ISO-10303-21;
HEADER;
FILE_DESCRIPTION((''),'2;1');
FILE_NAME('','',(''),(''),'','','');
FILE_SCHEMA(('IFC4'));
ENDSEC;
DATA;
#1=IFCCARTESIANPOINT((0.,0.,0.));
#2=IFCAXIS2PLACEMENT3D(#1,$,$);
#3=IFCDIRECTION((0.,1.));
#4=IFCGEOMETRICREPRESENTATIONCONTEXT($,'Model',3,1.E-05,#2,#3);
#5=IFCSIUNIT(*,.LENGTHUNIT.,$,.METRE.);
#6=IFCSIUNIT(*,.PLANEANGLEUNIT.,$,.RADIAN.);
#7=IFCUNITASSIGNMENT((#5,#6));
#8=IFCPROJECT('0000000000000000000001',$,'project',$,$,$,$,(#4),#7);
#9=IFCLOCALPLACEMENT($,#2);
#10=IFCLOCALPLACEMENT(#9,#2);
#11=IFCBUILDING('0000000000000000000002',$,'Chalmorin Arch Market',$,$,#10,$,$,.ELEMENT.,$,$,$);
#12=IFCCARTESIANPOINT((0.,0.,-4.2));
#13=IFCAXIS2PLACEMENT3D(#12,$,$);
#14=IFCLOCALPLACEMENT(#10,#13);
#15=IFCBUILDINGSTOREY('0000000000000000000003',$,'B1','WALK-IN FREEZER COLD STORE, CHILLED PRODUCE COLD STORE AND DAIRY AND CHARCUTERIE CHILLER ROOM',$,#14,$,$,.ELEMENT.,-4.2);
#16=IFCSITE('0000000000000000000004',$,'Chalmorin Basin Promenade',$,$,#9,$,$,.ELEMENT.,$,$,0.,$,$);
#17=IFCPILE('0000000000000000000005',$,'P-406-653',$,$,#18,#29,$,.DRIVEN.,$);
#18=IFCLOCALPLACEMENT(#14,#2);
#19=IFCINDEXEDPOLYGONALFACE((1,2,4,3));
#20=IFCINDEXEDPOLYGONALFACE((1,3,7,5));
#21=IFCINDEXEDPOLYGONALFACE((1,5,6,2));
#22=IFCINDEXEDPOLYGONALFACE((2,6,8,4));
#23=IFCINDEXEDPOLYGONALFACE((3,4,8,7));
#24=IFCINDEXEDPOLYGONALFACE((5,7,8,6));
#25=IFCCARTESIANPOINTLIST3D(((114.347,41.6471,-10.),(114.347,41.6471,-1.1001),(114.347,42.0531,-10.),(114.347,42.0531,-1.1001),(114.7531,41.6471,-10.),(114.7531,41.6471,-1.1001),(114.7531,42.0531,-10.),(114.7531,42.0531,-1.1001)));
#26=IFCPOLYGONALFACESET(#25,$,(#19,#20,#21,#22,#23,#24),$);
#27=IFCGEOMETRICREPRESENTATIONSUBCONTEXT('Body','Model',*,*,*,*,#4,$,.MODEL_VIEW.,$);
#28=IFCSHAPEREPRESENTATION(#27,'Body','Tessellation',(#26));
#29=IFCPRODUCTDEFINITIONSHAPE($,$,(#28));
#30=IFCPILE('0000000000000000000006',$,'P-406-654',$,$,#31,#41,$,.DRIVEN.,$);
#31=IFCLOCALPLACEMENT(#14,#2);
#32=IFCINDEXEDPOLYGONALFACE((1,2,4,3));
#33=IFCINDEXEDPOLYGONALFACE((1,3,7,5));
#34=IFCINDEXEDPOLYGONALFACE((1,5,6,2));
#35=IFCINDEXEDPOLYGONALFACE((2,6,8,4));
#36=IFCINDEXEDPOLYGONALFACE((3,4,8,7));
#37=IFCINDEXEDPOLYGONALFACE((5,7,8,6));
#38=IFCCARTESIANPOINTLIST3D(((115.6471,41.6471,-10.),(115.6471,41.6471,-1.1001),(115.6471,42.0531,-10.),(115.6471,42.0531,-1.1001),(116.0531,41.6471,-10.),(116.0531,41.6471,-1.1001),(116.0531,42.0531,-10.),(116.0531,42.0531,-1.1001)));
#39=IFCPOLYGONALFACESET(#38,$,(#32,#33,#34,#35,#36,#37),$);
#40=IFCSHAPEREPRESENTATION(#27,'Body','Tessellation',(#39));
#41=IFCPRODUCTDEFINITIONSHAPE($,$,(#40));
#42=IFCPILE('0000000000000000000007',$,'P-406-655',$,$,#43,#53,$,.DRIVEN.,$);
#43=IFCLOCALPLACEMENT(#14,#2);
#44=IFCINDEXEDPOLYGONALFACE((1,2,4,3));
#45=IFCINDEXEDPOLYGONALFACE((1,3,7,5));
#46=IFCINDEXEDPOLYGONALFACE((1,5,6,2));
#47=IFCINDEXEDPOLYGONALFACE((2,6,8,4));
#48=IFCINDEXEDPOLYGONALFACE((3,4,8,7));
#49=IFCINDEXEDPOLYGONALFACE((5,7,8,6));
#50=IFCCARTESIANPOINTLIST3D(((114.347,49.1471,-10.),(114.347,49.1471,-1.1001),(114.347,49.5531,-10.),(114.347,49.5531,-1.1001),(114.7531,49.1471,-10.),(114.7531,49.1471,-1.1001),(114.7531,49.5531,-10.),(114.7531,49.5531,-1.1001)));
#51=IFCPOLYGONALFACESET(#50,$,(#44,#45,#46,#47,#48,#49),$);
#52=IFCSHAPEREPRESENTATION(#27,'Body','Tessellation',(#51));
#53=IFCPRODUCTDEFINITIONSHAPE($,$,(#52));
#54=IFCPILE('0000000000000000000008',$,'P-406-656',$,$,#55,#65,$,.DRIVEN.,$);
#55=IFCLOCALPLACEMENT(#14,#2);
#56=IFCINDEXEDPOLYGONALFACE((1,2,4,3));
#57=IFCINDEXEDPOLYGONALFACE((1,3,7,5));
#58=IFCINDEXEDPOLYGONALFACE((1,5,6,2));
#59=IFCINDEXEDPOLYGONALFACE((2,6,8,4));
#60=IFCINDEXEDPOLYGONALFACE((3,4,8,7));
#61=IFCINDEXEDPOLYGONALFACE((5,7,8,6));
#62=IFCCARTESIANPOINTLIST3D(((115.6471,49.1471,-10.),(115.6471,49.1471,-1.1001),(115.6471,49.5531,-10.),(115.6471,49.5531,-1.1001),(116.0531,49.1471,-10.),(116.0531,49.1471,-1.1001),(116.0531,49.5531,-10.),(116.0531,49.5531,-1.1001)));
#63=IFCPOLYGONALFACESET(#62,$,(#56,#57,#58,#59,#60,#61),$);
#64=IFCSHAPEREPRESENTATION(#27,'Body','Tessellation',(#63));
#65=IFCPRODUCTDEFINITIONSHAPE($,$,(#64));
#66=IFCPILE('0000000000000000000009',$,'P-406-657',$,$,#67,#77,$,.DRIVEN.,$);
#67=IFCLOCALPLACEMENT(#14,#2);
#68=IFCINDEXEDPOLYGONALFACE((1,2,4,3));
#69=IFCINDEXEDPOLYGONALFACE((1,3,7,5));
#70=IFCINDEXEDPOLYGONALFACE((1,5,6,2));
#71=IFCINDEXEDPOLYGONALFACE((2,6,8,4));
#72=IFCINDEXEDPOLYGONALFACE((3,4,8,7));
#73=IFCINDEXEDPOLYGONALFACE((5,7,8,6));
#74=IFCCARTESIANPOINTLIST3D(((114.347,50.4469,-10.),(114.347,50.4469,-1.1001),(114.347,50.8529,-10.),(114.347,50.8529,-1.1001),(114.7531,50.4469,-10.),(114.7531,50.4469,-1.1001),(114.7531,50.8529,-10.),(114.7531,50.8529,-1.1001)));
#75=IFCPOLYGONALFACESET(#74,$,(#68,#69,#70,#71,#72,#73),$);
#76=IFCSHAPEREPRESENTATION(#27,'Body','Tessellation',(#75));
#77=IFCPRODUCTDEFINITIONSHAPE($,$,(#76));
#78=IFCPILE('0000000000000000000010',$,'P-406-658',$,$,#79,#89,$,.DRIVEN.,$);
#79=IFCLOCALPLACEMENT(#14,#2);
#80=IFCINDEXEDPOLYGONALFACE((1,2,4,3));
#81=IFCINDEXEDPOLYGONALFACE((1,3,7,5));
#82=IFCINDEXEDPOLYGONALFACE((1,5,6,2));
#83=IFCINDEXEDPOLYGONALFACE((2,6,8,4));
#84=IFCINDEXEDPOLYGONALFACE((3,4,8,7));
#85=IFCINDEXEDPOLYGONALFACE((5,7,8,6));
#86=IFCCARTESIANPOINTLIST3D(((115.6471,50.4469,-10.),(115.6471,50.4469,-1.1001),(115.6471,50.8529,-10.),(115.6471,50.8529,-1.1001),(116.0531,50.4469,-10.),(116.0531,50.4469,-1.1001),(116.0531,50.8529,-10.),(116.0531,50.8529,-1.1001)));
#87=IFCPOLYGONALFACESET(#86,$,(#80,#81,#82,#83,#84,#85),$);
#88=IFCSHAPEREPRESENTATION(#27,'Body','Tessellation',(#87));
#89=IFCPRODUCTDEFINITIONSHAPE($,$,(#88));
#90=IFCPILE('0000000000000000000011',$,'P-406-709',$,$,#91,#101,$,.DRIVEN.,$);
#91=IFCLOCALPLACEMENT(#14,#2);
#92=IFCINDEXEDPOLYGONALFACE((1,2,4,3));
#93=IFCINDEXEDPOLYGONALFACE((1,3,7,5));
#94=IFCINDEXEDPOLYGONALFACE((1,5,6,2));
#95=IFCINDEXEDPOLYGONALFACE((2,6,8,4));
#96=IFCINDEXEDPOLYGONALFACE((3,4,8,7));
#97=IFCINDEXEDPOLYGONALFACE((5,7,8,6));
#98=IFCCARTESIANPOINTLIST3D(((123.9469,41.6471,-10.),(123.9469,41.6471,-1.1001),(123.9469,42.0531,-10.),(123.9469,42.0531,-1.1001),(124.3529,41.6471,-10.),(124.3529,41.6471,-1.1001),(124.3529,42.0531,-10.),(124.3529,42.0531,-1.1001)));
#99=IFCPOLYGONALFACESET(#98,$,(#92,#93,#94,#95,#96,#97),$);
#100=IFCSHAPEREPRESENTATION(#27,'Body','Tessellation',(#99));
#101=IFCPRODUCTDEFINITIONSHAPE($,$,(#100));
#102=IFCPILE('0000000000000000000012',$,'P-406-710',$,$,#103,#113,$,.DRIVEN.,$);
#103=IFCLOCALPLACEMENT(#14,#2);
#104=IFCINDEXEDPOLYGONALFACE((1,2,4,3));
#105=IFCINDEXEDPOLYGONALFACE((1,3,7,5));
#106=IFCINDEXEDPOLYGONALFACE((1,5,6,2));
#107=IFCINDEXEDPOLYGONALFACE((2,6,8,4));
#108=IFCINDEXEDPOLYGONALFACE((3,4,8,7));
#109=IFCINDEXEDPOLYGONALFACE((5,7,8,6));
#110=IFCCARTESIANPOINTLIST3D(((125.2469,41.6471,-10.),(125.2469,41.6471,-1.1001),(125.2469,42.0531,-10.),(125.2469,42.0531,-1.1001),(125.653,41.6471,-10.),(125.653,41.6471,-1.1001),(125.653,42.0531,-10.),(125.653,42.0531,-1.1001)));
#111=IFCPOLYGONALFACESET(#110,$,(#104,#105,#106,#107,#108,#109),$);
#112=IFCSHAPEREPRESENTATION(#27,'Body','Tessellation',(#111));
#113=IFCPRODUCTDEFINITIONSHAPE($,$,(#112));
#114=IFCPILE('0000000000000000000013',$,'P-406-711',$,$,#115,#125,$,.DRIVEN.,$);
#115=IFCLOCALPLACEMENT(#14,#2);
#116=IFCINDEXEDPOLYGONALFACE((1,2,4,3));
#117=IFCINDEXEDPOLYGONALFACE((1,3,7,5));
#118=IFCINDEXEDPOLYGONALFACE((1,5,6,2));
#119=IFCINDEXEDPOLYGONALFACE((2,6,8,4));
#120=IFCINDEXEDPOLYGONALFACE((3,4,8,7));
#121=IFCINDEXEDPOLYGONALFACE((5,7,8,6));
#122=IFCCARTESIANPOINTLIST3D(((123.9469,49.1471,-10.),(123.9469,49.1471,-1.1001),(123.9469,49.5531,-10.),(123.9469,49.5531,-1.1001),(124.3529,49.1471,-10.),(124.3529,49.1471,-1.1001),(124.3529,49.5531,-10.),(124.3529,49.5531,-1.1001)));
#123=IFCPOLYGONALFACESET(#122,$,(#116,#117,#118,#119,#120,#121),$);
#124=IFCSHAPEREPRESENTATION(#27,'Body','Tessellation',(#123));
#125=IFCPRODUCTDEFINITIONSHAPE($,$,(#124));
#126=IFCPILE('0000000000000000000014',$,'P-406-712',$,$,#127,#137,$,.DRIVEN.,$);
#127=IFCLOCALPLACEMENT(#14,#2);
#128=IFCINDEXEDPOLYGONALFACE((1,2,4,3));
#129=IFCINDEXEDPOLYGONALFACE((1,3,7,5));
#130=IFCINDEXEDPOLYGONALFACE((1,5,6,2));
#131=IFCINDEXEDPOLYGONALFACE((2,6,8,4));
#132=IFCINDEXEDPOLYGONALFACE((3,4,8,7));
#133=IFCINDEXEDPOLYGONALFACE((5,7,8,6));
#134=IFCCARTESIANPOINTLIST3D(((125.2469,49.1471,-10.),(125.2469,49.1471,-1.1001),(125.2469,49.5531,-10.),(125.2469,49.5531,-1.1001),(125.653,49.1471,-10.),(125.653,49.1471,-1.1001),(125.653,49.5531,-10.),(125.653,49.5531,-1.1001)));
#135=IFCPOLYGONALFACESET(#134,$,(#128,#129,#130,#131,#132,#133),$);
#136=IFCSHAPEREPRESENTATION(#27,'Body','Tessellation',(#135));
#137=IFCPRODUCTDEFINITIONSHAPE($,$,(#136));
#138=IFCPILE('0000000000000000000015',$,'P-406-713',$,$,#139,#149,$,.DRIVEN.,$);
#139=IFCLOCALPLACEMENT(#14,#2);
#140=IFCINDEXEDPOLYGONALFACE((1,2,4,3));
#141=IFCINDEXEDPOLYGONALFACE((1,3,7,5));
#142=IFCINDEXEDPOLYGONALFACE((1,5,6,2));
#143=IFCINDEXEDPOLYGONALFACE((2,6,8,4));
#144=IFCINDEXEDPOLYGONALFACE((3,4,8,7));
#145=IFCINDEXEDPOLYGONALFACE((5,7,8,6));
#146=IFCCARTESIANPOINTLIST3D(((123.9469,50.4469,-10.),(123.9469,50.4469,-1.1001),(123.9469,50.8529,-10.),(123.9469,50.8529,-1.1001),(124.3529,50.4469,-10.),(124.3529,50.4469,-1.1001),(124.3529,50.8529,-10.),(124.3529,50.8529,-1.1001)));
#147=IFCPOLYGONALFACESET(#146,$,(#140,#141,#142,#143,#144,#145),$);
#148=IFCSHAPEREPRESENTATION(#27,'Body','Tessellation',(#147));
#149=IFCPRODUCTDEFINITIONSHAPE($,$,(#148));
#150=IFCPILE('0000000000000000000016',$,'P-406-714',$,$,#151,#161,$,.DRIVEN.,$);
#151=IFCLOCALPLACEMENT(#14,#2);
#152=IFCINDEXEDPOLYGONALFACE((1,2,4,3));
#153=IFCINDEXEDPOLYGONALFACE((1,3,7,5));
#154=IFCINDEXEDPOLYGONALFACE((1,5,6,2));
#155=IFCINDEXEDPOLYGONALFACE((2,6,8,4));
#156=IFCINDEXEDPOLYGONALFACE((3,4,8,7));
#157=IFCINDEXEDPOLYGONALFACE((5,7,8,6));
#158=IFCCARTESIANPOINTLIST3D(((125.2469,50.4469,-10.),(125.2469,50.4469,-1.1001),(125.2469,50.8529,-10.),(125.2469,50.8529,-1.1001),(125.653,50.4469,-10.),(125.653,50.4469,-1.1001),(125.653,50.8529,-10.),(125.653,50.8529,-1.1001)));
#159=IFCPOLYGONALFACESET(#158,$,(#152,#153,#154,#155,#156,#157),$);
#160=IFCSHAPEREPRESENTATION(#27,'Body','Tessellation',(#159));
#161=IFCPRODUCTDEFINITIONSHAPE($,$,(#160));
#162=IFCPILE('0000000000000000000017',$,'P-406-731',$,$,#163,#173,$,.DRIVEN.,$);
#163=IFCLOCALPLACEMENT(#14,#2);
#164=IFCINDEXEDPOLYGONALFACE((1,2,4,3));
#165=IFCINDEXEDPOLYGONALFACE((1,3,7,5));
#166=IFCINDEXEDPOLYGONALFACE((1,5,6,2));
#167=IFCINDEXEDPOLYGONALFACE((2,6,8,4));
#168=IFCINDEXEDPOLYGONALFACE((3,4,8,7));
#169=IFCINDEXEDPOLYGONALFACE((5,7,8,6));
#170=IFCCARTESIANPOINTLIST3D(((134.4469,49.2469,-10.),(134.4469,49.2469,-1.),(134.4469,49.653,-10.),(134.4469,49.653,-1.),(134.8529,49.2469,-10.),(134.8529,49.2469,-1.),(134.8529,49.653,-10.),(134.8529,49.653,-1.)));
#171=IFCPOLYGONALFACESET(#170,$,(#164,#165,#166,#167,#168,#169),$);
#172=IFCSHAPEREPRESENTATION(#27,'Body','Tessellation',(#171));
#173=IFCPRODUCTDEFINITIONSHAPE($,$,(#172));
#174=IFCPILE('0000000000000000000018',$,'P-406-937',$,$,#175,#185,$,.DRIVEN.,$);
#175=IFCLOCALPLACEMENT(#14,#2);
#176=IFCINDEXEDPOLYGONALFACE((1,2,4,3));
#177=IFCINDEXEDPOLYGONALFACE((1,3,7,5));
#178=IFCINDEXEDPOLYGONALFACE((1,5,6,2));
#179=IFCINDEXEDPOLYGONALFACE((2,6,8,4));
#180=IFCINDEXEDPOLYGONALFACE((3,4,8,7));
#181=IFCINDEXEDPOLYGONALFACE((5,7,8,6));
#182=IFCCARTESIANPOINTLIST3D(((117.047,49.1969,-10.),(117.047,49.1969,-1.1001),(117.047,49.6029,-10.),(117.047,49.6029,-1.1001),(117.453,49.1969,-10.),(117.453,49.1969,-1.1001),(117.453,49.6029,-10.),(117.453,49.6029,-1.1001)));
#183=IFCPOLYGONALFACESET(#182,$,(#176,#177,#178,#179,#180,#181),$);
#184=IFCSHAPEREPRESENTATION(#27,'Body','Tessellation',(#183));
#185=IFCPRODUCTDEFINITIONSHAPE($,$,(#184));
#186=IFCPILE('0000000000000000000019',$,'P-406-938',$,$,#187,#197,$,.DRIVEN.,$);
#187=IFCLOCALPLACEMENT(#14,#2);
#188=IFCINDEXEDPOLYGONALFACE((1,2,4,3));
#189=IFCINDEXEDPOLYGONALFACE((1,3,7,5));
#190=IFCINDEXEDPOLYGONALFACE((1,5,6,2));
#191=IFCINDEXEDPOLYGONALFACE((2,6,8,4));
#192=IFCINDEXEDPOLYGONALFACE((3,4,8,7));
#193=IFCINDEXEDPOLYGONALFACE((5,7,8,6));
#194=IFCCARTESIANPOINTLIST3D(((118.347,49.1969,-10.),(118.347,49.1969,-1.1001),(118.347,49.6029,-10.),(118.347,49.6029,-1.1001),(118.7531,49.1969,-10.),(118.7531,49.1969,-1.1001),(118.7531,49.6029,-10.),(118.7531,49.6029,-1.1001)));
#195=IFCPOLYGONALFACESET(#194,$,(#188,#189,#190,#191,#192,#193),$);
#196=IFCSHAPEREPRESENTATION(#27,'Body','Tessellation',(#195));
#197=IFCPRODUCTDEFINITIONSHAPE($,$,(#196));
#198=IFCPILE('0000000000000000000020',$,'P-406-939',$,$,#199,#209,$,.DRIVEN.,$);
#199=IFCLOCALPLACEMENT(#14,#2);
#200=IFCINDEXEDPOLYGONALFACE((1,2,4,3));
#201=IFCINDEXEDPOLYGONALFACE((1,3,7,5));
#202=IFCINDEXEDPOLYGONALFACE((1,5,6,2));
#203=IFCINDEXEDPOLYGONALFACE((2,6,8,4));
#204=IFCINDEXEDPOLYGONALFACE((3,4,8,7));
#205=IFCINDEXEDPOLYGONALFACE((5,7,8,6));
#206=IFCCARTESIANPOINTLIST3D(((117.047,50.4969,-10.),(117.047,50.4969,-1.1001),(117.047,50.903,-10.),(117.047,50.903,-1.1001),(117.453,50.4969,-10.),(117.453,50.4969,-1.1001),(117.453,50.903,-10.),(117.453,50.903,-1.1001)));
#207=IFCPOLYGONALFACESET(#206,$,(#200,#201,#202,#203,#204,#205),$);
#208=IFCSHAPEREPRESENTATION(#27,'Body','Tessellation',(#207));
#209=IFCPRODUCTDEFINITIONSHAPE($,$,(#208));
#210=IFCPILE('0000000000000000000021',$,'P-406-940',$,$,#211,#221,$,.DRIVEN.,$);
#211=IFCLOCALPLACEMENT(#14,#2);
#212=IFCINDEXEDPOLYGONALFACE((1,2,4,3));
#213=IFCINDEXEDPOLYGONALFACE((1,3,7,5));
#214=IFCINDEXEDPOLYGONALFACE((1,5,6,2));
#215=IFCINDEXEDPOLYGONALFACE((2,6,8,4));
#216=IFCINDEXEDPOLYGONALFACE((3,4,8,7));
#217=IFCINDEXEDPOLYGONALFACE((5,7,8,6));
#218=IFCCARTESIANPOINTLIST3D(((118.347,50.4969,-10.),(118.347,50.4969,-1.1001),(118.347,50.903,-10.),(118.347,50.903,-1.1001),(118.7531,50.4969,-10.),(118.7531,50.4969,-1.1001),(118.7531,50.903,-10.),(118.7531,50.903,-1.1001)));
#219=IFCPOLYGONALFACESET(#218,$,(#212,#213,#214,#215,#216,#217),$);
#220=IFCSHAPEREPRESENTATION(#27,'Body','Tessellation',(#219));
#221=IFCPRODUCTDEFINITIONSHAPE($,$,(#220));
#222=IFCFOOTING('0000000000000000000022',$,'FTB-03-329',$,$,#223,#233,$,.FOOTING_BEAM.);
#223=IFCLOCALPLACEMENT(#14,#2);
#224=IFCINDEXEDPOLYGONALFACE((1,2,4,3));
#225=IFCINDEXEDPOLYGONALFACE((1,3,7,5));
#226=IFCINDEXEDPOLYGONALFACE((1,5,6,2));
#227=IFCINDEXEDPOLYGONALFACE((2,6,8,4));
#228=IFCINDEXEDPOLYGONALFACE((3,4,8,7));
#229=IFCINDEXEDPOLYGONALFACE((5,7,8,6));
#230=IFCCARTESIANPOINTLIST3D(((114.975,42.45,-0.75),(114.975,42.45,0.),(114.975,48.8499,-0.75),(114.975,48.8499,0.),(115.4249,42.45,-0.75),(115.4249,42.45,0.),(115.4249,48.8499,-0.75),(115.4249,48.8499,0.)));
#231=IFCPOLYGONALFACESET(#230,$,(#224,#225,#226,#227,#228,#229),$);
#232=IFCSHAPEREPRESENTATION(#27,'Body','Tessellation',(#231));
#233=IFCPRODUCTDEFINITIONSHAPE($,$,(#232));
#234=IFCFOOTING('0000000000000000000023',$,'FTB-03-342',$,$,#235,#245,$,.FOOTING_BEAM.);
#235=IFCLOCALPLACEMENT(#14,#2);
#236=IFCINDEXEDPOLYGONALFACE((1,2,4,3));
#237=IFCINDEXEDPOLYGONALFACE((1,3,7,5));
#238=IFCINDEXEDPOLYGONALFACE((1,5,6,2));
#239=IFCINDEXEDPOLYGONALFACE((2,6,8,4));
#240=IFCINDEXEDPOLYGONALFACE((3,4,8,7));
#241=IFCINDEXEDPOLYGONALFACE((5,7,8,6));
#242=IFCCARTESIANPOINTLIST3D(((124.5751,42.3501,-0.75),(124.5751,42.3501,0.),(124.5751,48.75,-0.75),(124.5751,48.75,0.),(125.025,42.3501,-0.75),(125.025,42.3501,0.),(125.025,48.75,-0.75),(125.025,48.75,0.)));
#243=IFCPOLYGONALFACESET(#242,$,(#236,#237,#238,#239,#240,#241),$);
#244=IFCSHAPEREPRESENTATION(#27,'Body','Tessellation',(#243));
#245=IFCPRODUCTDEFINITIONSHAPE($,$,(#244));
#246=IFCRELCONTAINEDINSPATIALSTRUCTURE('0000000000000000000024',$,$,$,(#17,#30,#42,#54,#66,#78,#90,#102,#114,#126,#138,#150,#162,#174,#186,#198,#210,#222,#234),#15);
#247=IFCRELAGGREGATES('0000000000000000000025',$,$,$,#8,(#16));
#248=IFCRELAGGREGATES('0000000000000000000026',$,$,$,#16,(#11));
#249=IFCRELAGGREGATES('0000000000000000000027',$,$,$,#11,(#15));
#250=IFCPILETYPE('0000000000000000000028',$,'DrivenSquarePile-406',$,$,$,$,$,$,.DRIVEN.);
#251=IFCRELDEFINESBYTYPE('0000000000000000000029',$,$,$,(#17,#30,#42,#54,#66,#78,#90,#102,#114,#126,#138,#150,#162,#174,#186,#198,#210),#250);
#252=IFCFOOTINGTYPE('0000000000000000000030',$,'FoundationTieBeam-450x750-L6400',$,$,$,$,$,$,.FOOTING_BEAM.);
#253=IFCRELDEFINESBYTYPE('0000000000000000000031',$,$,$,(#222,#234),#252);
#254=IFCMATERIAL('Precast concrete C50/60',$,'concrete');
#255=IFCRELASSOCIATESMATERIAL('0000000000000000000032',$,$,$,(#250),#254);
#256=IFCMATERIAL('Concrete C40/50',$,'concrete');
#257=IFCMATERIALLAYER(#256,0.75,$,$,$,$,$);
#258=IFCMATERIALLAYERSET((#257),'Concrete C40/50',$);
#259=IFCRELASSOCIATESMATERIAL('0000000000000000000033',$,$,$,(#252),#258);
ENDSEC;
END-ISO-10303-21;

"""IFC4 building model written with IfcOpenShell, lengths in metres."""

from ifc_helpers import new_model, si_unit, direction, frame, origin, origin_2d, place, context, subcontext, project, spatial, rectangle, extrude, material, layer, layer_set, material_profile, profile_set, type_object, element, save


model = new_model("IFC4")

# Units and contexts
model_context = context("Model", 3, precision=1e-05, world=origin(), true_north=direction((0.0, 1.0)))
body_context = subcontext(model_context, "Body", "Model", "MODEL_VIEW")
ifc_project = project(units=[si_unit("LENGTHUNIT", "METRE"), si_unit("PLANEANGLEUNIT", "RADIAN")], contexts=[model_context])

# Site, building, storey
site_placement = place(None, origin())
site = spatial("IfcSite", under=ifc_project, at=site_placement, Name="Chalmorin Basin Promenade", CompositionType="ELEMENT", RefElevation=0.0)
building_placement = place(site_placement, origin())
building = spatial("IfcBuilding", under=site, at=building_placement, Name="Chalmorin Arch Market", CompositionType="ELEMENT")
storey_placement = place(building_placement, frame((0.0, 0.0, -4.2)))
storey = spatial("IfcBuildingStorey", under=building, at=storey_placement, Name="B1", Description="WALK-IN FREEZER COLD STORE, CHILLED PRODUCE COLD STORE AND DAIRY AND CHARCUTERIE CHILLER ROOM", CompositionType="ELEMENT", Elevation=-4.2)

# Piles
ifc_material_1 = material(Name="Precast concrete C50/60", Category="concrete")
ifc_material_profile_1 = material_profile(ifc_material_1, rectangle(XDim=0.406, YDim=0.406, at=origin_2d()), Name="PPC406")
ifc_profile_set_1 = profile_set([ifc_material_profile_1], Name="Precast concrete C50/60")
pile_type = type_object("IfcPileType", Name="DrivenSquarePile-406", PredefinedType="DRIVEN", material=ifc_profile_set_1)
for number, where, z_axis, x_axis, name in (
    (1, (114.55, 41.8501, -1.1001), (0.0, 0.0, -1.0), (1.0, 0.0, 0.0), "P-406-653"),
    (2, (115.8501, 41.8501, -1.1001), (0.0, 0.0, -1.0), (1.0, 0.0, 0.0), "P-406-654"),
    (3, (114.55, 49.3501, -1.1001), (0.0, 0.0, -1.0), (1.0, 0.0, 0.0), "P-406-655"),
    (4, (115.8501, 49.3501, -1.1001), (0.0, 0.0, -1.0), (1.0, 0.0, 0.0), "P-406-656"),
    (5, (114.55, 50.6499, -1.1001), (0.0, 0.0, -1.0), (1.0, 0.0, 0.0), "P-406-657"),
    (6, (115.8501, 50.6499, -1.1001), (0.0, 0.0, -1.0), (1.0, 0.0, 0.0), "P-406-658"),
    (7, (124.1499, 41.8501, -1.1001), (0.0, 0.0, -1.0), (1.0, 0.0, 0.0), "P-406-709"),
    (8, (125.45, 41.8501, -1.1001), (0.0, 0.0, -1.0), (1.0, 0.0, 0.0), "P-406-710"),
    (9, (124.1499, 49.3501, -1.1001), (0.0, 0.0, -1.0), (1.0, 0.0, 0.0), "P-406-711"),
    (10, (125.45, 49.3501, -1.1001), (0.0, 0.0, -1.0), (1.0, 0.0, 0.0), "P-406-712"),
    (11, (124.1499, 50.6499, -1.1001), (0.0, 0.0, -1.0), (1.0, 0.0, 0.0), "P-406-713"),
    (12, (125.45, 50.6499, -1.1001), (0.0, 0.0, -1.0), (1.0, 0.0, 0.0), "P-406-714"),
):
    element("IfcPile", number, at=place(storey_placement, frame(where, z_axis=z_axis, x_axis=x_axis)), inside=storey, type_object=pile_type, Name=name, PredefinedType="DRIVEN", context=body_context, shape_type="SweptSolid", body=[
        extrude(rectangle(XDim=0.406, YDim=0.406, at=origin_2d()), origin(), (0.0, 0.0, 1.0), 8.8999),
    ])
pile_placement = place(storey_placement, frame((134.6499, 49.45, -1.0), z_axis=(0.0, 0.0, -1.0), x_axis=(1.0, 0.0, 0.0)))
element("IfcPile", 13, at=pile_placement, inside=storey, type_object=pile_type, Name="P-406-731", PredefinedType="DRIVEN", context=body_context, shape_type="SweptSolid", body=[
    extrude(rectangle(XDim=0.406, YDim=0.406, at=origin_2d()), origin(), (0.0, 0.0, 1.0), 9.0),
])
for number, where, z_axis, x_axis, name in (
    (14, (117.25, 49.3999, -1.1001), (0.0, 0.0, -1.0), (1.0, 0.0, 0.0), "P-406-937"),
    (15, (118.55, 49.3999, -1.1001), (0.0, 0.0, -1.0), (1.0, 0.0, 0.0), "P-406-938"),
    (16, (117.25, 50.7, -1.1001), (0.0, 0.0, -1.0), (1.0, 0.0, 0.0), "P-406-939"),
    (17, (118.55, 50.7, -1.1001), (0.0, 0.0, -1.0), (1.0, 0.0, 0.0), "P-406-940"),
):
    element("IfcPile", number, at=place(storey_placement, frame(where, z_axis=z_axis, x_axis=x_axis)), inside=storey, type_object=pile_type, Name=name, PredefinedType="DRIVEN", context=body_context, shape_type="SweptSolid", body=[
        extrude(rectangle(XDim=0.406, YDim=0.406, at=origin_2d()), origin(), (0.0, 0.0, 1.0), 8.8999),
    ])

# Footings
ifc_material_2 = material(Name="Concrete C40/50", Category="concrete")
ifc_layer_1 = layer(ifc_material_2, 0.75)
ifc_layer_set_1 = layer_set([ifc_layer_1], Name="Concrete C40/50")
footing_type_1 = type_object("IfcFootingType", Name="FoundationTieBeam-450x750-L6400", PredefinedType="FOOTING_BEAM", material=ifc_layer_set_1)
for number, where, z_axis, x_axis, name in (
    (18, (115.2, 45.6499, -0.75), (0.0, 0.0, 1.0), (0.0, 1.0, 0.0), "FTB-03-329"),
    (19, (124.8, 45.55, -0.75), (0.0, 0.0, 1.0), (0.0, 1.0, 0.0), "FTB-03-342"),
):
    element("IfcFooting", number, at=place(storey_placement, frame(where, z_axis=z_axis, x_axis=x_axis)), inside=storey, type_object=footing_type_1, Name=name, PredefinedType="FOOTING_BEAM", context=body_context, shape_type="SweptSolid", body=[
        extrude(rectangle(XDim=6.3999, YDim=0.45, at=origin_2d()), origin(), (0.0, 0.0, 1.0), 0.75),
    ])

save(model, "model.ifc")
